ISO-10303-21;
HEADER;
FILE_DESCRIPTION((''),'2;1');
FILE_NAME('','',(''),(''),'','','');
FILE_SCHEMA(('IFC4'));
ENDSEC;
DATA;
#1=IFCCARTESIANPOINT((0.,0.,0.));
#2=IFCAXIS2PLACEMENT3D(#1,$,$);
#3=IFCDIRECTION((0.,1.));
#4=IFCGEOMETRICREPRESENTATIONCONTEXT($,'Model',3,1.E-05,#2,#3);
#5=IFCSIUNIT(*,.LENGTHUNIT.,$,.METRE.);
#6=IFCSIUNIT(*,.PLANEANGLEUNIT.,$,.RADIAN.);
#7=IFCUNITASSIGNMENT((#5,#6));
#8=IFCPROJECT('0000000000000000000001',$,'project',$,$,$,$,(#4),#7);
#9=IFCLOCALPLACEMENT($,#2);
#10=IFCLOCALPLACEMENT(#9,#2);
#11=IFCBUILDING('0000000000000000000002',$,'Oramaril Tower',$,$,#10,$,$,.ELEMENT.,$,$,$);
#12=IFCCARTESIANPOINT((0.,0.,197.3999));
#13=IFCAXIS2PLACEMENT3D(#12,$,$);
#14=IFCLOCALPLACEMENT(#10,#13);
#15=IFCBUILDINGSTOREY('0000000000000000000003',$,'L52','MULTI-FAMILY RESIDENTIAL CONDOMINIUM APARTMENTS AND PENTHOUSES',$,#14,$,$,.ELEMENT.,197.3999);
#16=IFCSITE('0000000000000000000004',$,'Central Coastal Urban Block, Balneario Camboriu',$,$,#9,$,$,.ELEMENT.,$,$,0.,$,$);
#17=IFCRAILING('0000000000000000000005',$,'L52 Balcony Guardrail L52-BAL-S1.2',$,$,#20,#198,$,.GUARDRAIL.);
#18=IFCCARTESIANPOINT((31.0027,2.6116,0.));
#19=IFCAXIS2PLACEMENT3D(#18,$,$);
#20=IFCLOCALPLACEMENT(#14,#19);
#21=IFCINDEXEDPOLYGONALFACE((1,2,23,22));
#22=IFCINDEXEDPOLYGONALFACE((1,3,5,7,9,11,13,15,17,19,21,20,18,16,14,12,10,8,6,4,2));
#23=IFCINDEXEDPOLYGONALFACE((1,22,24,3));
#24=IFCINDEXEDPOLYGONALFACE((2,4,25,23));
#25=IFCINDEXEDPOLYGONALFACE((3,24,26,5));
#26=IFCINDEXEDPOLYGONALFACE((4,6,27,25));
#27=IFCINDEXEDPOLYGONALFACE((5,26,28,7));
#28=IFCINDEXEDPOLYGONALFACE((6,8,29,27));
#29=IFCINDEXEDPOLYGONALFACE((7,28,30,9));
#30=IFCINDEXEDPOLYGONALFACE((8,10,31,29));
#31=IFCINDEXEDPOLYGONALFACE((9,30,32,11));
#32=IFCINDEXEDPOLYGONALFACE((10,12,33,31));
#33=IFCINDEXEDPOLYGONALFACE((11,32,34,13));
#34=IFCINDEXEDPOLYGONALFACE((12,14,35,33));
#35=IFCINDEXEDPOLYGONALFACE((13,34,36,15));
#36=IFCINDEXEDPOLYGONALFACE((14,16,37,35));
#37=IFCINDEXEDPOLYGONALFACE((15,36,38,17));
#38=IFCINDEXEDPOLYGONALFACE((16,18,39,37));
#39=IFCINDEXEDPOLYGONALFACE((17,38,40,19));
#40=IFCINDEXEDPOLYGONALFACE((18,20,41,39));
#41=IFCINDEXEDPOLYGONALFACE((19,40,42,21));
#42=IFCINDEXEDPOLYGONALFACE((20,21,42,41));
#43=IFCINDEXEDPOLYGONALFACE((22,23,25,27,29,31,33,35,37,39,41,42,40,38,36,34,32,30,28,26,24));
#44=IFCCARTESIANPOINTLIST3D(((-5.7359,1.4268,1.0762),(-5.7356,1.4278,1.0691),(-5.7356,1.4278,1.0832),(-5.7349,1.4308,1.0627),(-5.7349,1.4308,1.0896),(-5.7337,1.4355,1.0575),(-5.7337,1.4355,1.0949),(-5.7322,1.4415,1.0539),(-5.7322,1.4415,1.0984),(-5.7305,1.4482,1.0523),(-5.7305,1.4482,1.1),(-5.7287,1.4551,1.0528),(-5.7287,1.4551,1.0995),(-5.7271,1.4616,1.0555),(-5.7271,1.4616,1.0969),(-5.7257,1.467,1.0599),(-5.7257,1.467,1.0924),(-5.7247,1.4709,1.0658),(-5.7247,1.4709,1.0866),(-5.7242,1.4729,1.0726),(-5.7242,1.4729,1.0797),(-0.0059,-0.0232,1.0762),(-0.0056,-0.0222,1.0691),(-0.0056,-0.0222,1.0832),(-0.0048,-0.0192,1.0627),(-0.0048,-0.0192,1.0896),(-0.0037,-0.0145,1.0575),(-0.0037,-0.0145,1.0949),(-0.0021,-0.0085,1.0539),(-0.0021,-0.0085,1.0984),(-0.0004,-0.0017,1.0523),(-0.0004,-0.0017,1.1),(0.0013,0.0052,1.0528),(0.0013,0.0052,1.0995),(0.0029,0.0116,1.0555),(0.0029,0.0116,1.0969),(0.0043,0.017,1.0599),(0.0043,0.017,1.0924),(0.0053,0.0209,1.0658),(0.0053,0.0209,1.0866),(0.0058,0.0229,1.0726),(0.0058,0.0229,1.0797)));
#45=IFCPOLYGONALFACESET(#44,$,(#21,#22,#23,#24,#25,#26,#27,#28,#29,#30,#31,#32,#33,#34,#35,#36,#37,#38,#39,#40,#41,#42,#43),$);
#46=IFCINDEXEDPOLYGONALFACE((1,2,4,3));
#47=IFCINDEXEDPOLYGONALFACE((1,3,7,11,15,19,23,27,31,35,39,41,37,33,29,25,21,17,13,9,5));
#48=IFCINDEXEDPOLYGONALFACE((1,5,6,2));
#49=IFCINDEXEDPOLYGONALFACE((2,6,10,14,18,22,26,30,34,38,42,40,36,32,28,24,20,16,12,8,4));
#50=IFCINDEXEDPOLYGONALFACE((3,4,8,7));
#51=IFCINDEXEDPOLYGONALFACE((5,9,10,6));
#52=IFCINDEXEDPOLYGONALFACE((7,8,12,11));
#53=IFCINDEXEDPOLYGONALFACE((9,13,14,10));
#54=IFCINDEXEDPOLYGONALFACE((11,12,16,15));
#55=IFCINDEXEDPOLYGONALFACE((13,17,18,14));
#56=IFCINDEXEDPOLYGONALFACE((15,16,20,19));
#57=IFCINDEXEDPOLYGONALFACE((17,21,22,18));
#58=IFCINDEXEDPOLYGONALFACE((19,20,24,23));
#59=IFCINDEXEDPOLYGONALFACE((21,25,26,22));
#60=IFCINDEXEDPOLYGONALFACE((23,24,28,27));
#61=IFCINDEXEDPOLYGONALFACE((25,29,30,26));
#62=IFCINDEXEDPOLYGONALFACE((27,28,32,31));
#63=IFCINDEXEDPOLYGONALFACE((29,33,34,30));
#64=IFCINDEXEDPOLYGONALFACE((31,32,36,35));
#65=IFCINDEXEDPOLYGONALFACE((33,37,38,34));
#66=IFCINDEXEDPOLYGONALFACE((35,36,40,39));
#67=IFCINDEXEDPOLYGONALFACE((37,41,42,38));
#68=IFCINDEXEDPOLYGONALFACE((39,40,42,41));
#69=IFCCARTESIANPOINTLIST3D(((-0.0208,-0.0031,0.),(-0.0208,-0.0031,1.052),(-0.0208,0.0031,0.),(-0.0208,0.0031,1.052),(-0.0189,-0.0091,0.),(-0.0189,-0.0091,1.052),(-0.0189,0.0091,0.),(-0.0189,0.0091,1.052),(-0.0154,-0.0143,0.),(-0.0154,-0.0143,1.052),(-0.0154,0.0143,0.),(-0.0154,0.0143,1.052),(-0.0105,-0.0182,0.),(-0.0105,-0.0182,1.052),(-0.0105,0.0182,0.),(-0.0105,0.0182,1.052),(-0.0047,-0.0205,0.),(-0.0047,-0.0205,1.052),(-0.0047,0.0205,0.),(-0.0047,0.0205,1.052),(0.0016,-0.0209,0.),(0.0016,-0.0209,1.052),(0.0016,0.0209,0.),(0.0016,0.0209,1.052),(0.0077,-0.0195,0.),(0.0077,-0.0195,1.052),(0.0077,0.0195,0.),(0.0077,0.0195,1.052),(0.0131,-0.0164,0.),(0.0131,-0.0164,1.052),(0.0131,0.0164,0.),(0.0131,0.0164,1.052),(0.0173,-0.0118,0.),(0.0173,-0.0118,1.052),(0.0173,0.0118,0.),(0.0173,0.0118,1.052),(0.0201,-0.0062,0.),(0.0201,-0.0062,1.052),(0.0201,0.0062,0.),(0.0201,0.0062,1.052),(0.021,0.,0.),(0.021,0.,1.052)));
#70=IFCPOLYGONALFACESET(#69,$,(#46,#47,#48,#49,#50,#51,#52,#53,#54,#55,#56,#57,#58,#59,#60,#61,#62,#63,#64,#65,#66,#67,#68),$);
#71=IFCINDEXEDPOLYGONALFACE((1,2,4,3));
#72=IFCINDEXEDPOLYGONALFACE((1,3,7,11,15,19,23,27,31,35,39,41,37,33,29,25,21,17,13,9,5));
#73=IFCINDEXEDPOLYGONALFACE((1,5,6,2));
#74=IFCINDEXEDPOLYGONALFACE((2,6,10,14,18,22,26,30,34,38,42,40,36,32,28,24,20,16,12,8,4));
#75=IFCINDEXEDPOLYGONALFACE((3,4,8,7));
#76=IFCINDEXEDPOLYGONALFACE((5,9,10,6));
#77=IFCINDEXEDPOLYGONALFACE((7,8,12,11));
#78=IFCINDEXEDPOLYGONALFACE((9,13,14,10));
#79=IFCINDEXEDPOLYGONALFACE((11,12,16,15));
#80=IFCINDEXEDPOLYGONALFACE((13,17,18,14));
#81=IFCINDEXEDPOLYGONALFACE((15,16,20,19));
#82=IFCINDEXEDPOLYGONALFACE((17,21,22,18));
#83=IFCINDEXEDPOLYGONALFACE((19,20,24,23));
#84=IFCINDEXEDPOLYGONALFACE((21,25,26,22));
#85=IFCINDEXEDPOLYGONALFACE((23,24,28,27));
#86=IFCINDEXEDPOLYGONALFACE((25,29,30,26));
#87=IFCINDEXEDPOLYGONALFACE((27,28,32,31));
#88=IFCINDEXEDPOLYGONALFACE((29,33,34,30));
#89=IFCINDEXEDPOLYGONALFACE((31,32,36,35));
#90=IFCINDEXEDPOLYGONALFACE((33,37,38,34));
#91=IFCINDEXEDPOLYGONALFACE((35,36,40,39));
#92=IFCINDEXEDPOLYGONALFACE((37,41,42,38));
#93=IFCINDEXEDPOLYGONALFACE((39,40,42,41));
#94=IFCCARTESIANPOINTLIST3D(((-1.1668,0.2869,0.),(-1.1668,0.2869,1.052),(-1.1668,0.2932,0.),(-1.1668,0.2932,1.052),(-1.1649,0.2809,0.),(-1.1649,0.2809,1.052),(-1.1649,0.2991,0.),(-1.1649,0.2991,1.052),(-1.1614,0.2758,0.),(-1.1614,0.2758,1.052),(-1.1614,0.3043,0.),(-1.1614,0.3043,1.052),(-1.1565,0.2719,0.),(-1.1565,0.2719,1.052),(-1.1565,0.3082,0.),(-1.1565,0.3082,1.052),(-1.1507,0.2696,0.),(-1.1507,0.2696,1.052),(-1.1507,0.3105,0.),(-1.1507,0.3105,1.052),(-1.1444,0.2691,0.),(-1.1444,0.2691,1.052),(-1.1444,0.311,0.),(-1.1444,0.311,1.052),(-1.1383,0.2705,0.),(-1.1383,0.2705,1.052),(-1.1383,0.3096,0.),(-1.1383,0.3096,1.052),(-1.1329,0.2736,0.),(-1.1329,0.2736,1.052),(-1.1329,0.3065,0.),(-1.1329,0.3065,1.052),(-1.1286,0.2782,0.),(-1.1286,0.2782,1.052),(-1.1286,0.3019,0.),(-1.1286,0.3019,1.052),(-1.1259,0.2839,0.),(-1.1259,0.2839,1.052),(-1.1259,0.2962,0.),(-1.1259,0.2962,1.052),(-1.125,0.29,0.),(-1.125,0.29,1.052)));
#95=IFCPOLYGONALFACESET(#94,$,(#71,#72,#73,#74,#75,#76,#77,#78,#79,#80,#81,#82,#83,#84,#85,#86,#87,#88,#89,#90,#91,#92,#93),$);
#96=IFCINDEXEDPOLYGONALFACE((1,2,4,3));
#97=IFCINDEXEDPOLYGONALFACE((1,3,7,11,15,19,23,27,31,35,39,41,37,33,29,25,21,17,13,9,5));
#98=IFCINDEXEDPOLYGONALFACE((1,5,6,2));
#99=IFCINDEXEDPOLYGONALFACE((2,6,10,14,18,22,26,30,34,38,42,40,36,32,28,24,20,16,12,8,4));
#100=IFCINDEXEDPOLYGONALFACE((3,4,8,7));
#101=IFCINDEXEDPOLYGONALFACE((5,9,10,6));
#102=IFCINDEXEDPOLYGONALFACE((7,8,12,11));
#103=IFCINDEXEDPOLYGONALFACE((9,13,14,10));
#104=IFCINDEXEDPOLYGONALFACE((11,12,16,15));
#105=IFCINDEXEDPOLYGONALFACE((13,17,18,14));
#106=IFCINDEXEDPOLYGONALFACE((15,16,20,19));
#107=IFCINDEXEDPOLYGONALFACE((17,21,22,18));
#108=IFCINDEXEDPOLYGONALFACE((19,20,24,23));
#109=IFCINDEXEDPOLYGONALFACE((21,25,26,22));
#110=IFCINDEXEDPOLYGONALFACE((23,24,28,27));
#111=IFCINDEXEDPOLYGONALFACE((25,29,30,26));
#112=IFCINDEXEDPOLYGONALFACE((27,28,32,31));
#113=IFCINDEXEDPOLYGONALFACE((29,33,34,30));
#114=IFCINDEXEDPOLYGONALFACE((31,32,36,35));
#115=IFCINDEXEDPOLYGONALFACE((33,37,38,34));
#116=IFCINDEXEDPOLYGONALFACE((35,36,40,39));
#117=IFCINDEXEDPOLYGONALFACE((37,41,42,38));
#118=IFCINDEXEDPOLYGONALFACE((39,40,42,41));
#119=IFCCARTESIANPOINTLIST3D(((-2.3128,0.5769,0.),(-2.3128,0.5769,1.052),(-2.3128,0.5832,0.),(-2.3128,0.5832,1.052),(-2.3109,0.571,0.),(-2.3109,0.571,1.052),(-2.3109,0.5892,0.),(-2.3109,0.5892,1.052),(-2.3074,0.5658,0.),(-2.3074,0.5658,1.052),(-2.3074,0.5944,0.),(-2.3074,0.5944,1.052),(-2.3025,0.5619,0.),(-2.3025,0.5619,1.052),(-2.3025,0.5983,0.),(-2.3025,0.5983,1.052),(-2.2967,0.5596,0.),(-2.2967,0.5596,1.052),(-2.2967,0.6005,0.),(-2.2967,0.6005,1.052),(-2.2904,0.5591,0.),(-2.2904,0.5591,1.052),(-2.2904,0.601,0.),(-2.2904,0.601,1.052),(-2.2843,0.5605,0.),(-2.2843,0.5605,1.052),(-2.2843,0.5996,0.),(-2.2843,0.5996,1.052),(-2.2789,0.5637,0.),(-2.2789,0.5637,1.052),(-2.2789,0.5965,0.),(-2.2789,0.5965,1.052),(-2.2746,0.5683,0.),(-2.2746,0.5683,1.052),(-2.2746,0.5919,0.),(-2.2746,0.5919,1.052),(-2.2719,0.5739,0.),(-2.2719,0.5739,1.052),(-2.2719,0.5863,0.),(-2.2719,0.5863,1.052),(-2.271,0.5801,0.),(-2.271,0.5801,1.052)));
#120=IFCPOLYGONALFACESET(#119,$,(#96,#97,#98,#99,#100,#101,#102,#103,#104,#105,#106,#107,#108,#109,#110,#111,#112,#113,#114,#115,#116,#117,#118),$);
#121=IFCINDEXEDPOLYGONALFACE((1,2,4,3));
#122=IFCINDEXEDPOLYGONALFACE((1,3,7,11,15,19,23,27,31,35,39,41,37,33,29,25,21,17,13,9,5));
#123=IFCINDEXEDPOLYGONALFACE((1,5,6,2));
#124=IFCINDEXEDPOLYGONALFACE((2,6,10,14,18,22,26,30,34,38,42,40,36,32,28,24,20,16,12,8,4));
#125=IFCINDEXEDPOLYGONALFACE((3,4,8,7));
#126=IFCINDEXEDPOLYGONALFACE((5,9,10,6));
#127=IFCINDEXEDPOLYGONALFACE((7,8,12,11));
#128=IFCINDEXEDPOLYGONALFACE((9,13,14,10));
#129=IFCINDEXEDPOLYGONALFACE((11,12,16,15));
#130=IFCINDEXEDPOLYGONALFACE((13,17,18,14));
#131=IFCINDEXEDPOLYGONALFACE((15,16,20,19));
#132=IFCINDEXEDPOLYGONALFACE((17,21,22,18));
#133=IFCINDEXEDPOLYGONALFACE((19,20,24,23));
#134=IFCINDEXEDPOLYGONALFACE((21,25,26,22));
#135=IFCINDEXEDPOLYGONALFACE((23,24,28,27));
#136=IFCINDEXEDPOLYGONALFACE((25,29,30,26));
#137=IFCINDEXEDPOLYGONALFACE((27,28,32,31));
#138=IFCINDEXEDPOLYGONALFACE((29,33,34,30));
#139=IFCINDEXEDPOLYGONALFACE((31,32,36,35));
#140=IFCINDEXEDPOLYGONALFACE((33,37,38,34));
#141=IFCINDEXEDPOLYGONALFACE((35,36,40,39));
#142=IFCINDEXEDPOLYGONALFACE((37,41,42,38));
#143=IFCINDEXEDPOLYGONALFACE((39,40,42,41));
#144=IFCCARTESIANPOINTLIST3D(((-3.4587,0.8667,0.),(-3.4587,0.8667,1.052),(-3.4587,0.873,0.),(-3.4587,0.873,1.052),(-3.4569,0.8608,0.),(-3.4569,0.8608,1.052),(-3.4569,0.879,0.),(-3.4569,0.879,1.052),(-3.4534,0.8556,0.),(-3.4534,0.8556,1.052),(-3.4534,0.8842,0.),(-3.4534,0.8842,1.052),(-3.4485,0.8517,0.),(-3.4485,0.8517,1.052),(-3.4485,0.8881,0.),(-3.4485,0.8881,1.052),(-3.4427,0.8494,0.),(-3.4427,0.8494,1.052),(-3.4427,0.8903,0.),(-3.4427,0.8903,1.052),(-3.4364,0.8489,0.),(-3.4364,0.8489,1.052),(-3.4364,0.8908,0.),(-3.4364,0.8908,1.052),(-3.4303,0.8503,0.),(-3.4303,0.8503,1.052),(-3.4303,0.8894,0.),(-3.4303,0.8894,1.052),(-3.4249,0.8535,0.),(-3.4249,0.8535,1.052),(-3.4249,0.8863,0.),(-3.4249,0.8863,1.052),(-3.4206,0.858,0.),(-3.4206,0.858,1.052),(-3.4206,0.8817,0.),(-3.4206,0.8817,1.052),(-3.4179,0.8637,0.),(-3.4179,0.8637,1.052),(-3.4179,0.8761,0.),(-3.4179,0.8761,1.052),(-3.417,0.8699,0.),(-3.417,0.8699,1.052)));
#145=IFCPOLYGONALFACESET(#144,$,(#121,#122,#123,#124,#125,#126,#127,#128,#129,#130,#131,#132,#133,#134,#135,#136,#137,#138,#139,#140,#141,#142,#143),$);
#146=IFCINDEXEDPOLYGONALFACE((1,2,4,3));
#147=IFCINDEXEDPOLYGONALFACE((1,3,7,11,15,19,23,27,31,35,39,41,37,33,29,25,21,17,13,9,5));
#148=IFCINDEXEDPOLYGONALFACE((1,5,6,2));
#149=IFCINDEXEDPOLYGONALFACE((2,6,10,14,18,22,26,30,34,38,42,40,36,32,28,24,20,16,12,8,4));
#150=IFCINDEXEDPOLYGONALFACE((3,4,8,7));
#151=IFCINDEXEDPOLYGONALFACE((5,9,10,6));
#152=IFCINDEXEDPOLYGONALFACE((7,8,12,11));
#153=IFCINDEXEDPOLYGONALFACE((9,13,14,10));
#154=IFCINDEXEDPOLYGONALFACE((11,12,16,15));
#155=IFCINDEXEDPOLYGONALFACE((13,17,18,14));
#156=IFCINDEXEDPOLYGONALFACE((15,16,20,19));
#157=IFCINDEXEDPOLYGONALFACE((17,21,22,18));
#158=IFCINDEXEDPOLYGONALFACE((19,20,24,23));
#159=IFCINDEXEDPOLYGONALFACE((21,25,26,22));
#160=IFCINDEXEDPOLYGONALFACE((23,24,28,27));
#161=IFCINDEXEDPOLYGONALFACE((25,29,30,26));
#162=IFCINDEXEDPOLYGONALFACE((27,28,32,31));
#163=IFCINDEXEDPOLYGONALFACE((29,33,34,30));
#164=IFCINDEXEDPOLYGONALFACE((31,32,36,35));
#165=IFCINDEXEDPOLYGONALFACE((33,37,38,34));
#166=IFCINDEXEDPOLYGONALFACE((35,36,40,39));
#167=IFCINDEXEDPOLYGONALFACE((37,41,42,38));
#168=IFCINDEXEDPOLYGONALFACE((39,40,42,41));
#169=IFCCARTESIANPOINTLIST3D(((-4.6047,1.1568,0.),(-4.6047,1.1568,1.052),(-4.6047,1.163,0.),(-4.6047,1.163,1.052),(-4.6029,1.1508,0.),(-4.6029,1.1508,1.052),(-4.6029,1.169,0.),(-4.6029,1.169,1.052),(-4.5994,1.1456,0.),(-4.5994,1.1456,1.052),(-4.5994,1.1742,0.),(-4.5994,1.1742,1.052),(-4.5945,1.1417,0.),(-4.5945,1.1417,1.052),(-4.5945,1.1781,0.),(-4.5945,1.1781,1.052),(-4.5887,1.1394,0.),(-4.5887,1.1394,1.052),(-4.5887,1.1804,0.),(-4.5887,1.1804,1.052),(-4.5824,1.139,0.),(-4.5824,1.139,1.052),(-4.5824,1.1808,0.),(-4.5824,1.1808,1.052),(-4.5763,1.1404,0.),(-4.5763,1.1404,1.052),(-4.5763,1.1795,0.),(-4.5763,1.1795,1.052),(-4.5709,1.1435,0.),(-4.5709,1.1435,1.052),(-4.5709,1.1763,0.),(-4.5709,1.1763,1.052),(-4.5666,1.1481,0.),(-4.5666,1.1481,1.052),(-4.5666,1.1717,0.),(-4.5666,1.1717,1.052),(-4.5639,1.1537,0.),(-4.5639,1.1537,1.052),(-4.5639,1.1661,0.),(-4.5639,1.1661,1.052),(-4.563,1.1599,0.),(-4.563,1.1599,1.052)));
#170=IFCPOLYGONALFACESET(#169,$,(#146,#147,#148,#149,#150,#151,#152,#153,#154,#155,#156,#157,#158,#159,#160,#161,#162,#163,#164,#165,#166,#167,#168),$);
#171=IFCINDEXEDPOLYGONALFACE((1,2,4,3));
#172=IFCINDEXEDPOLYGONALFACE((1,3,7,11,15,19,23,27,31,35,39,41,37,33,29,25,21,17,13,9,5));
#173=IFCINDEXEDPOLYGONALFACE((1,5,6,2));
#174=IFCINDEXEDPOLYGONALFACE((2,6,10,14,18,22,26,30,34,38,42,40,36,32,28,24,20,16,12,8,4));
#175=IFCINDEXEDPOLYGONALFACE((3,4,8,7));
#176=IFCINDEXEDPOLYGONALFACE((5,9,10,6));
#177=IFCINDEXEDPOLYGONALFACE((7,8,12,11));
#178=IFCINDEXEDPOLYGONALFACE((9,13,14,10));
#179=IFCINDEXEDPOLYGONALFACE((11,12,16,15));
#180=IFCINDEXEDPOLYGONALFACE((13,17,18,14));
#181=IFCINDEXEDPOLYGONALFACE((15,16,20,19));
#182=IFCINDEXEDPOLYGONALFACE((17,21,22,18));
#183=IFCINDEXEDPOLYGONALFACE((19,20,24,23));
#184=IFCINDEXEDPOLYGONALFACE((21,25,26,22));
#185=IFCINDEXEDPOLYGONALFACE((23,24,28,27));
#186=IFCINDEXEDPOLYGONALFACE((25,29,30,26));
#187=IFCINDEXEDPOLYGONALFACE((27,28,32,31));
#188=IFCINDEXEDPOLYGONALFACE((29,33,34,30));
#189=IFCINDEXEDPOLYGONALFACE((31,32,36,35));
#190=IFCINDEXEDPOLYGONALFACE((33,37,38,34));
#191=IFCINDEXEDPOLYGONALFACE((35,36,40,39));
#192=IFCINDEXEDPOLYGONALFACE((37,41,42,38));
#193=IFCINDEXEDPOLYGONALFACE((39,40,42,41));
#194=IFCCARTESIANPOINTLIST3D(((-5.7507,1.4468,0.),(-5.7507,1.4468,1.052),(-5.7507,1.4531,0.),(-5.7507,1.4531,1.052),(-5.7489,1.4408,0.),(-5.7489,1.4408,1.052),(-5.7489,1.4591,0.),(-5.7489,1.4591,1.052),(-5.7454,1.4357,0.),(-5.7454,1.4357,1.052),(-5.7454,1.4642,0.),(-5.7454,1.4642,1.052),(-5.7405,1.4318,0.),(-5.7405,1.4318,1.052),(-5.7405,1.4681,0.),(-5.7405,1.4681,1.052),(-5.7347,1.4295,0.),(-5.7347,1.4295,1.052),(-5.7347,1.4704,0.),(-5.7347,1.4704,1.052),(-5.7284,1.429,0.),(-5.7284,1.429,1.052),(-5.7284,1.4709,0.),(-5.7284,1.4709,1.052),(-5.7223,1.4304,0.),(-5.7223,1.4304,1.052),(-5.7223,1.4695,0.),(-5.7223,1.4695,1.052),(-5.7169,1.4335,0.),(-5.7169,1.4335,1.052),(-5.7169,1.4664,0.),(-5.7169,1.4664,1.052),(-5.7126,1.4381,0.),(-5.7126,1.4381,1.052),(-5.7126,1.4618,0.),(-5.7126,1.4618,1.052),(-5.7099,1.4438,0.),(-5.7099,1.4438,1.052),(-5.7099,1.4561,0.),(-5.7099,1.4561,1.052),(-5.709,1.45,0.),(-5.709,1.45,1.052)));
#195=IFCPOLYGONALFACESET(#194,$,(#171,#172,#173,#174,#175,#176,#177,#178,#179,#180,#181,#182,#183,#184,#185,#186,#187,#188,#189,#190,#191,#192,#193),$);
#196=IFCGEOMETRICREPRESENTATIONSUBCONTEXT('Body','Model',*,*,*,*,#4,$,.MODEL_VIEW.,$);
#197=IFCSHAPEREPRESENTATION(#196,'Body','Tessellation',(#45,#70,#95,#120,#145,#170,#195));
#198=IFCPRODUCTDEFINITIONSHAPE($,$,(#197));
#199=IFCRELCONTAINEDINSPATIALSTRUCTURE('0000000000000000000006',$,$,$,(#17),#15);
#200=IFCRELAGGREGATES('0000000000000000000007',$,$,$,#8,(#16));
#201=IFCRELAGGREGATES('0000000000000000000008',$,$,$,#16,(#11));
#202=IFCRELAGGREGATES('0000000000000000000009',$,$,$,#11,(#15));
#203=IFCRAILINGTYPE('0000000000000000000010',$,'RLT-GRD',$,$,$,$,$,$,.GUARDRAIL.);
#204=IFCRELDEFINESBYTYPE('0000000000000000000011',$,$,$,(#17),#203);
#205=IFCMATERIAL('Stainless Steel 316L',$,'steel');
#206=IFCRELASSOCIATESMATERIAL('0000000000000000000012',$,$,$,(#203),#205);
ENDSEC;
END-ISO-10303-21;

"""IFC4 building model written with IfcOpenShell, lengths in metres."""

from ifc_helpers import new_model, si_unit, direction, frame, origin, origin_2d, place, context, subcontext, project, spatial, circle, extrude, material, type_object, element, save


model = new_model("IFC4")

# Units and contexts
model_context = context("Model", 3, precision=1e-05, world=origin(), true_north=direction((0.0, 1.0)))
body_context = subcontext(model_context, "Body", "Model", "MODEL_VIEW")
ifc_project = project(units=[si_unit("LENGTHUNIT", "METRE"), si_unit("PLANEANGLEUNIT", "RADIAN")], contexts=[model_context])

# Site, building, storey
site_placement = place(None, origin())
site = spatial("IfcSite", under=ifc_project, at=site_placement, Name="Central Coastal Urban Block, Balneario Camboriu", CompositionType="ELEMENT", RefElevation=0.0)
building_placement = place(site_placement, origin())
building = spatial("IfcBuilding", under=site, at=building_placement, Name="Oramaril Tower", CompositionType="ELEMENT")
storey_placement = place(building_placement, frame((0.0, 0.0, 197.3999)))
storey = spatial("IfcBuildingStorey", under=building, at=storey_placement, Name="L52", Description="MULTI-FAMILY RESIDENTIAL CONDOMINIUM APARTMENTS AND PENTHOUSES", CompositionType="ELEMENT", Elevation=197.3999)

# Railing
ifc_material_1 = material(Name="Stainless Steel 316L", Category="steel")
railing_type = type_object("IfcRailingType", Name="RLT-GRD", PredefinedType="GUARDRAIL", material=ifc_material_1)
railing_1_placement = place(storey_placement, frame((31.0027, 2.6116, 0.0)))
element("IfcRailing", 1, at=railing_1_placement, inside=storey, type_object=railing_type, Name="L52 Balcony Guardrail L52-BAL-S1.2", PredefinedType="GUARDRAIL", context=body_context, shape_type="SweptSolid", body=[
    extrude(circle(Radius=0.0239, at=origin_2d()), frame((0.0, 0.0, 1.0762), z_axis=(-0.969444, 0.245314, 0.0), x_axis=(-0.245314, -0.969444, 0.0)), (0.0, 0.0, 1.0), 5.9106),
    extrude(circle(Radius=0.021, at=origin_2d()), origin(), (0.0, 0.0, 1.0), 1.052),
    extrude(circle(Radius=0.021, at=origin_2d()), frame((-1.146, 0.29, 0.0)), (0.0, 0.0, 1.0), 1.052),
    extrude(circle(Radius=0.021, at=origin_2d()), frame((-2.292, 0.5801, 0.0)), (0.0, 0.0, 1.0), 1.052),
    extrude(circle(Radius=0.021, at=origin_2d()), frame((-3.438, 0.8699, 0.0)), (0.0, 0.0, 1.0), 1.052),
    extrude(circle(Radius=0.021, at=origin_2d()), frame((-4.584, 1.1599, 0.0)), (0.0, 0.0, 1.0), 1.052),
    extrude(circle(Radius=0.021, at=origin_2d()), frame((-5.73, 1.45, 0.0)), (0.0, 0.0, 1.0), 1.052),
])

save(model, "model.ifc")
